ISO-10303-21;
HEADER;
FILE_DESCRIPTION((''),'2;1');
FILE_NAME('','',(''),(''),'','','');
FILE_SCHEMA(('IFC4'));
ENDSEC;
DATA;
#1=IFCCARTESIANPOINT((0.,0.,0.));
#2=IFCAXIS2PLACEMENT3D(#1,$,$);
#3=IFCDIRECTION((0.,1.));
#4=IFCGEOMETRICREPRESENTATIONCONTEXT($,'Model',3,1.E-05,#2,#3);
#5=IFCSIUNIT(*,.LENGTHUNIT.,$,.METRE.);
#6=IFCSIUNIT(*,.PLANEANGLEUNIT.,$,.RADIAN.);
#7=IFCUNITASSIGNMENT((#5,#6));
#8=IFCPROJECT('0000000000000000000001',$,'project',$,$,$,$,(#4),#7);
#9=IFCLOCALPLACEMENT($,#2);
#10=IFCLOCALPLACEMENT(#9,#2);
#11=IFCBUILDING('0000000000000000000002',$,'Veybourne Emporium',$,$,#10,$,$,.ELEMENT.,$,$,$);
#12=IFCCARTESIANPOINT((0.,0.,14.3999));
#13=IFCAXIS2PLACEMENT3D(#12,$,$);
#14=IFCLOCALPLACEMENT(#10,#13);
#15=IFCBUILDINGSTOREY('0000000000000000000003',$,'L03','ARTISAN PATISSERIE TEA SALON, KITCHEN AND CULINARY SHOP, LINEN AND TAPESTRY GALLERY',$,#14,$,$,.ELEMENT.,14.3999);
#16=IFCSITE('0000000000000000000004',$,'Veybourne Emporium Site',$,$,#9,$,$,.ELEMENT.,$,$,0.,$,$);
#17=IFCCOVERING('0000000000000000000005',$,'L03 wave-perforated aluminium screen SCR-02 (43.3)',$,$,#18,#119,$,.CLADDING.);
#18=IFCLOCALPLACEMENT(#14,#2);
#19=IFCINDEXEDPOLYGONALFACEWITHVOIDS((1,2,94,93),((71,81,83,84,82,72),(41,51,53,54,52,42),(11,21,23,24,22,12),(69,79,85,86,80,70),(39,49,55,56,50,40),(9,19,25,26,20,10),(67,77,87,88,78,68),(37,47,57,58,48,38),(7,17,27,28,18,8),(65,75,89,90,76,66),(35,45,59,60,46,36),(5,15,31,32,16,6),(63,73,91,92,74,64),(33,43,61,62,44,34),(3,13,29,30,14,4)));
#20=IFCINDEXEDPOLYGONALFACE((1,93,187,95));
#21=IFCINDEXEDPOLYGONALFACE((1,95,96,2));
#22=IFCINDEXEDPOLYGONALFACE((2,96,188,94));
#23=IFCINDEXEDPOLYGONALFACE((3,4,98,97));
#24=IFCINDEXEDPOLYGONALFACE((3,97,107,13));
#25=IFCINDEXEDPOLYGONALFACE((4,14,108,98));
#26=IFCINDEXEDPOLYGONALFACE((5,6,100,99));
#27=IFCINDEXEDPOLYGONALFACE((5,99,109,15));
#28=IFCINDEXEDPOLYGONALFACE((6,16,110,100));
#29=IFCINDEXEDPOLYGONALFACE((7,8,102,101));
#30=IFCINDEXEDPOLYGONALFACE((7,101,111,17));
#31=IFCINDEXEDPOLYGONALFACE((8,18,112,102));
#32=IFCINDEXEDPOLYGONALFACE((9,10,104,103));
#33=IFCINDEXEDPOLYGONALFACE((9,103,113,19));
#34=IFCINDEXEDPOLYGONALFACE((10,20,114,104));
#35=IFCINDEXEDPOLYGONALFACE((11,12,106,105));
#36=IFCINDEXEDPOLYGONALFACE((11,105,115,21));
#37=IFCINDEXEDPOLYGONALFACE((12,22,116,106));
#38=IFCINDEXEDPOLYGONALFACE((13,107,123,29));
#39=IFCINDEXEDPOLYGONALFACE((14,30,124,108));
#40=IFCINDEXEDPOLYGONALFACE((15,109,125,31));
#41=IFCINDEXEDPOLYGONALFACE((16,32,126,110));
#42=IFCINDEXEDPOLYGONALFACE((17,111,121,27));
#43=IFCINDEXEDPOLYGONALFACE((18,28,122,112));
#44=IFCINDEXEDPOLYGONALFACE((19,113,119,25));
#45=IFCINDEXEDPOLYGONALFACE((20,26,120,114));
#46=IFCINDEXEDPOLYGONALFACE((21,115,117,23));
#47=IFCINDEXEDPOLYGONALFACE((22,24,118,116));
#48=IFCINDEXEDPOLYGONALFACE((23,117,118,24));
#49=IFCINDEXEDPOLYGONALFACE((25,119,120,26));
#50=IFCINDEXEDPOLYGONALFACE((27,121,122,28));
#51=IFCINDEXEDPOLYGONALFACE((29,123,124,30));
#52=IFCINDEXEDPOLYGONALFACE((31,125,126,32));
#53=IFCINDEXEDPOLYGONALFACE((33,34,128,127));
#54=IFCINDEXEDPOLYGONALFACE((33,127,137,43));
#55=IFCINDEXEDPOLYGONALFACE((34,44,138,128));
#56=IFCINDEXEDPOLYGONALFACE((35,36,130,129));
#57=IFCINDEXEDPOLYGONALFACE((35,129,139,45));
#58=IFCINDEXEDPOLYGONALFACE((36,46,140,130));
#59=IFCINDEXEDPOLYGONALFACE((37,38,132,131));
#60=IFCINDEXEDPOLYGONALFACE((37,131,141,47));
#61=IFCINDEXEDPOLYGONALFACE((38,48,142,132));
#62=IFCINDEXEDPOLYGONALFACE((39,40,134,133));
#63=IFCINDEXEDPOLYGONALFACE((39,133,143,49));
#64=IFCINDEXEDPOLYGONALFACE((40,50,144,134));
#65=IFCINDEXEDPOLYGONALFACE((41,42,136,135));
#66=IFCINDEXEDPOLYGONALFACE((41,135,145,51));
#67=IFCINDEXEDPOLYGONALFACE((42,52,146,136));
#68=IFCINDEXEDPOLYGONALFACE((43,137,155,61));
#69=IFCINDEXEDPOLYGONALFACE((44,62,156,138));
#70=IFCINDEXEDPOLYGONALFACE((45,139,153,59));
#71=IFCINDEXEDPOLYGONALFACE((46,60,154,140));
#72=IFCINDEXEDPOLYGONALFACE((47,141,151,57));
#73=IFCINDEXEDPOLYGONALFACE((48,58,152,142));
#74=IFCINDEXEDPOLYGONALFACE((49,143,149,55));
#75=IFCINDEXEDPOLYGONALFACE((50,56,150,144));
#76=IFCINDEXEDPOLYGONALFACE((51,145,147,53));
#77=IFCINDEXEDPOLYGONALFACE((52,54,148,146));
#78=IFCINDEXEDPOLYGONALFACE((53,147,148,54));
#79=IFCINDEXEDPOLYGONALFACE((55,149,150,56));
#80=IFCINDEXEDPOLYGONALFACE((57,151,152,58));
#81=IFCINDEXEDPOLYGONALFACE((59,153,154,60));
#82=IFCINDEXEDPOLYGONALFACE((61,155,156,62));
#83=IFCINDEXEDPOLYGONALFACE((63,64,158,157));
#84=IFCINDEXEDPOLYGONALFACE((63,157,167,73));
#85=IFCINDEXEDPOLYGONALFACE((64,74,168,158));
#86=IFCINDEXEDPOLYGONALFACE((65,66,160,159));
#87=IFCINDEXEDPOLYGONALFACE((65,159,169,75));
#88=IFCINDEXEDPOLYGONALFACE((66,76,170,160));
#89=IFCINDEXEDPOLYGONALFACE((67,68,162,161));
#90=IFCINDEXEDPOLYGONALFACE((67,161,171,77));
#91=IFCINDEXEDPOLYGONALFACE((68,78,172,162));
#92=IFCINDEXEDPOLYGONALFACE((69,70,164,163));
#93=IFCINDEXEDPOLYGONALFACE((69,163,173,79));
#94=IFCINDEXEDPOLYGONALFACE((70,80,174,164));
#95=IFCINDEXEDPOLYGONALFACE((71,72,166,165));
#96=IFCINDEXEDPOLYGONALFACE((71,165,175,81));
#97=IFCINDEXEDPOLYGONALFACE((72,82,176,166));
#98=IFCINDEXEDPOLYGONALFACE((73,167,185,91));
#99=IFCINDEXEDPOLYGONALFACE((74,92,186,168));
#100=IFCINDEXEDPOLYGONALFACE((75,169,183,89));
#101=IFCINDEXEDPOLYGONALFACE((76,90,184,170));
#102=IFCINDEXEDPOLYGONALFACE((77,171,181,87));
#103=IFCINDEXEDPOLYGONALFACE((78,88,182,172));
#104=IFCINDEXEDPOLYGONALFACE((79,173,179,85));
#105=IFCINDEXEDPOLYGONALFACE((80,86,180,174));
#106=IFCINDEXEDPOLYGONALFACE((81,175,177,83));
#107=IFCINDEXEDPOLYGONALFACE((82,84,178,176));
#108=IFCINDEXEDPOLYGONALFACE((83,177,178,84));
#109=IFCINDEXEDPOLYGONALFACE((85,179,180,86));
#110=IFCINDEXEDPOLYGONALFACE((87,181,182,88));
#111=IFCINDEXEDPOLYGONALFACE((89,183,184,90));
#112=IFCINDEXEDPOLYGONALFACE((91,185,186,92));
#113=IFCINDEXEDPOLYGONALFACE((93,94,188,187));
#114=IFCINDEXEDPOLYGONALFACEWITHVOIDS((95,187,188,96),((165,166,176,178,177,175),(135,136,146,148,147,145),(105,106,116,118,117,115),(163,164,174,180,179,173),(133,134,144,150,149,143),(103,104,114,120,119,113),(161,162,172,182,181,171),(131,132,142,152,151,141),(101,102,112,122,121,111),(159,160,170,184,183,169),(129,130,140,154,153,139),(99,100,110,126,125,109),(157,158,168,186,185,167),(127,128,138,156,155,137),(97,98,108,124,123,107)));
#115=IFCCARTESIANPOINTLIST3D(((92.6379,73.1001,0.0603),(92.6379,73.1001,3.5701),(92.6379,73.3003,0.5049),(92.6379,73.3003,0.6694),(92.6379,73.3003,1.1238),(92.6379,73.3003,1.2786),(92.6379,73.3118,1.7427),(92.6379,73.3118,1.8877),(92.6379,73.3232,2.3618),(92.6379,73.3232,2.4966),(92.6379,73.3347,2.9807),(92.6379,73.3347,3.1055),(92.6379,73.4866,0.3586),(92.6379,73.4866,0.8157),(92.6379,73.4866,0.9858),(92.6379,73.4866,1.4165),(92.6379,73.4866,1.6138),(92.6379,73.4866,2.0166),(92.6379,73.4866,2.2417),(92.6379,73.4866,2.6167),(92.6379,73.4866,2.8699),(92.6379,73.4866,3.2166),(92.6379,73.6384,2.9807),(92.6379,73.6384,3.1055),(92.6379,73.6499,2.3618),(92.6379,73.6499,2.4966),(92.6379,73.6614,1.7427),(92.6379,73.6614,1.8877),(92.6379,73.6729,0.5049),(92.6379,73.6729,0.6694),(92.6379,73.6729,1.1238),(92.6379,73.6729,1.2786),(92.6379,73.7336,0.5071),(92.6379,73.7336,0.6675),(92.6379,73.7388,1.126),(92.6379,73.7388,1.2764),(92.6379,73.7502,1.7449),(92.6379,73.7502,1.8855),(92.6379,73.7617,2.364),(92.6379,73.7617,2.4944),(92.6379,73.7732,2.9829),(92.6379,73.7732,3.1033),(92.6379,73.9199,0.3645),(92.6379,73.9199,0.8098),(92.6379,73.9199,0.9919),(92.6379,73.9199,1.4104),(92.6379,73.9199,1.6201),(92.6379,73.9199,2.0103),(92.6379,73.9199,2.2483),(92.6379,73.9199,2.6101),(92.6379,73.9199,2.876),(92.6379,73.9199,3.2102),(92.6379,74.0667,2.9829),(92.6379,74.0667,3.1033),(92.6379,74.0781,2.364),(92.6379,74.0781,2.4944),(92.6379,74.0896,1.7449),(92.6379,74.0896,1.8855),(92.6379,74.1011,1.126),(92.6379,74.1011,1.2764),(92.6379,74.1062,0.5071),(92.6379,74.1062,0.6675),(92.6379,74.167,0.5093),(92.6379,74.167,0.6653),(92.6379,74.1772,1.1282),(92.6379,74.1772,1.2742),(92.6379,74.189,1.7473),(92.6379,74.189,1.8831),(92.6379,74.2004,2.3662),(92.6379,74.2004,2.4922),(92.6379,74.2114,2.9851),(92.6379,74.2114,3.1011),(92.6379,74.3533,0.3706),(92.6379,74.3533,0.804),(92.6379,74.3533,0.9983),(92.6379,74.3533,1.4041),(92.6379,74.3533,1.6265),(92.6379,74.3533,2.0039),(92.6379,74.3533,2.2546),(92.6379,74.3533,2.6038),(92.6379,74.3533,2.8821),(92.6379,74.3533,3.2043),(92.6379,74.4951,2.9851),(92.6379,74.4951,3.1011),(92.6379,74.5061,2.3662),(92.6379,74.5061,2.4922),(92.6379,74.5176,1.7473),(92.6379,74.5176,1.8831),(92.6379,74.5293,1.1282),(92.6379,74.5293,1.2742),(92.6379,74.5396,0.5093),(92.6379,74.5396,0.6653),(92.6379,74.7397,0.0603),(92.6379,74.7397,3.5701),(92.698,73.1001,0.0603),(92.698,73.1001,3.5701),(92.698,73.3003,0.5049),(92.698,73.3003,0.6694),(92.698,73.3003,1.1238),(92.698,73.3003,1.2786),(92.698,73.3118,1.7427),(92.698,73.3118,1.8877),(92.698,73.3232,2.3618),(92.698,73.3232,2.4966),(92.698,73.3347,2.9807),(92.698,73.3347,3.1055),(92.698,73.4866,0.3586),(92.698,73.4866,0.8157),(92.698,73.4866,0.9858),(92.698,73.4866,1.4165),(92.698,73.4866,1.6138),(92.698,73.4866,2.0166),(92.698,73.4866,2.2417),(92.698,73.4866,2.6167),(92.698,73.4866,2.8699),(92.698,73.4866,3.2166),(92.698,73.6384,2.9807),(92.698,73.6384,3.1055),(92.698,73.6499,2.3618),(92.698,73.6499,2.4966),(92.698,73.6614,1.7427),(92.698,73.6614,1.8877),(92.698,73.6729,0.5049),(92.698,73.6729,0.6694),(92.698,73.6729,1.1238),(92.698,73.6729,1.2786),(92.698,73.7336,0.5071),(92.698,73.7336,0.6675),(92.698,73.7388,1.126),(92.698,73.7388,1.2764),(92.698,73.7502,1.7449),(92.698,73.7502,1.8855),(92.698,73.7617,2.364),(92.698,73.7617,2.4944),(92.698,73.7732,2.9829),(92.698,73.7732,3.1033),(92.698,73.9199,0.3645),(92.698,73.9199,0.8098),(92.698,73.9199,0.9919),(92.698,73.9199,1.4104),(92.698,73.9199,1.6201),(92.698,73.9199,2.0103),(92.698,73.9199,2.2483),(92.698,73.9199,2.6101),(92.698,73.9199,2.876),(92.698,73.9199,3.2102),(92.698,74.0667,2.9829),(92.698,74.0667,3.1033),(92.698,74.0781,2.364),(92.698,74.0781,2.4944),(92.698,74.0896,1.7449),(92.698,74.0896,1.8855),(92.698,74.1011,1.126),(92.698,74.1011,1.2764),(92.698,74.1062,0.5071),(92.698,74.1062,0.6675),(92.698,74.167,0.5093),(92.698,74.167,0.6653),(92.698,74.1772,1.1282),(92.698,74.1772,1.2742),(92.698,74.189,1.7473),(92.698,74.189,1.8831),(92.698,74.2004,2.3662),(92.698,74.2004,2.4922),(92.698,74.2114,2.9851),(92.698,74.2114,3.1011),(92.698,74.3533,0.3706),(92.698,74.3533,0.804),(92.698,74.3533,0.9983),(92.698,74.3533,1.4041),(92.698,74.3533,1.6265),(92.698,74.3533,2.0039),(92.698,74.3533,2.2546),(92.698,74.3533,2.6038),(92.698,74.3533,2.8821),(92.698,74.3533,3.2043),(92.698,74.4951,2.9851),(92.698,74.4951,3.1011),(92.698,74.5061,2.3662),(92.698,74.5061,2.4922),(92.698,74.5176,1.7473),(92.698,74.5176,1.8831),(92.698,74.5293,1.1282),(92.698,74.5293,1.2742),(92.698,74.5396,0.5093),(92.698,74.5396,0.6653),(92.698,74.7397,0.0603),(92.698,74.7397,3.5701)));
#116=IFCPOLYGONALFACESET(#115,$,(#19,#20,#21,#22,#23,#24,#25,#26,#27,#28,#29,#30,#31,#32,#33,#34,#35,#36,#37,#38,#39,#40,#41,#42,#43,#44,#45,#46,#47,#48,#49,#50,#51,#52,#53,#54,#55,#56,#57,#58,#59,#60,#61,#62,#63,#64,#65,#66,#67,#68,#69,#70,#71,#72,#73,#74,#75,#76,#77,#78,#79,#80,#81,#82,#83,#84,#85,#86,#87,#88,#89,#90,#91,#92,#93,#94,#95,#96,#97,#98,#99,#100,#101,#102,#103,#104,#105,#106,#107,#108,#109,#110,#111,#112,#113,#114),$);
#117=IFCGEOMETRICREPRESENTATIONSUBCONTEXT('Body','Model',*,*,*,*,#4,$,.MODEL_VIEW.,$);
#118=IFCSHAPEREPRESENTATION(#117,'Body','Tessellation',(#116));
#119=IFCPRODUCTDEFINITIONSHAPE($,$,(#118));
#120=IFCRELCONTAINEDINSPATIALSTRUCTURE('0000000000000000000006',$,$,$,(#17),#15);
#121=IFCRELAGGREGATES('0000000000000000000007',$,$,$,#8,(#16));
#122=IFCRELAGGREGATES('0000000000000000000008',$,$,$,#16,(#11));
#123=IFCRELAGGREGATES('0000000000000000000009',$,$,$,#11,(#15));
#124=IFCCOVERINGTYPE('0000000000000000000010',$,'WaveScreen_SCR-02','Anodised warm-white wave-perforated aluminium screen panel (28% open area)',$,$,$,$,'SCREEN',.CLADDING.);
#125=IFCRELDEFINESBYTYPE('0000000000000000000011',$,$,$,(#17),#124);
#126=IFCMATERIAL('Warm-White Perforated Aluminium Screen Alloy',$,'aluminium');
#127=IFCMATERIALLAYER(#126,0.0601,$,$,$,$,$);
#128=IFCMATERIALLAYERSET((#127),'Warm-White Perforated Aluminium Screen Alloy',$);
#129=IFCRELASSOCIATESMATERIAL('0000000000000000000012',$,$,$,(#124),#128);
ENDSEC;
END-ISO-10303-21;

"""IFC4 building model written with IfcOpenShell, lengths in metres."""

from ifc_helpers import new_model, si_unit, direction, frame, origin, place, context, subcontext, project, spatial, polyline, outline, extrude, material, layer, layer_set, type_object, element, save


model = new_model("IFC4")

# Units and contexts
model_context = context("Model", 3, precision=1e-05, world=origin(), true_north=direction((0.0, 1.0)))
body_context = subcontext(model_context, "Body", "Model", "MODEL_VIEW")
ifc_project = project(units=[si_unit("LENGTHUNIT", "METRE"), si_unit("PLANEANGLEUNIT", "RADIAN")], contexts=[model_context])

# Site, building, storey
site_placement = place(None, origin())
site = spatial("IfcSite", under=ifc_project, at=site_placement, Name="Veybourne Emporium Site", CompositionType="ELEMENT", RefElevation=0.0)
building_placement = place(site_placement, origin())
building = spatial("IfcBuilding", under=site, at=building_placement, Name="Veybourne Emporium", CompositionType="ELEMENT")
storey_placement = place(building_placement, frame((0.0, 0.0, 14.3999)))
storey = spatial("IfcBuildingStorey", under=building, at=storey_placement, Name="L03", Description="ARTISAN PATISSERIE TEA SALON, KITCHEN AND CULINARY SHOP, LINEN AND TAPESTRY GALLERY", CompositionType="ELEMENT", Elevation=14.3999)

# Covering
ifc_material_1 = material(Name="Warm-White Perforated Aluminium Screen Alloy", Category="aluminium")
ifc_layer_1 = layer(ifc_material_1, 0.0601)
ifc_layer_set_1 = layer_set([ifc_layer_1], Name="Warm-White Perforated Aluminium Screen Alloy")
covering_type_1 = type_object("IfcCoveringType", Name="WaveScreen_SCR-02", Description="Anodised warm-white wave-perforated aluminium screen panel (28% open area)", ElementType="SCREEN", PredefinedType="CLADDING", material=ifc_layer_set_1)
covering_1_placement = place(storey_placement, frame((92.698, 73.9199, 1.8152), z_axis=(-1.0, 0.0, 0.0), x_axis=(0.0, -1.0, 0.0)))
element("IfcCovering", 1, at=covering_1_placement, inside=storey, type_object=covering_type_1, Name="L03 wave-perforated aluminium screen SCR-02 (43.3)", PredefinedType="CLADDING", context=body_context, shape_type="SweptSolid", body=[
    extrude(outline(polyline([(-0.8198, -1.7549), (0.8198, -1.7549), (0.8198, 1.7549), (-0.8198, 1.7549), (-0.8198, -1.7549)]), holes=[polyline([(-0.4333, -1.0112), (-0.2471, -1.1499), (-0.2471, -1.3059), (-0.4333, -1.4446), (-0.6196, -1.3059), (-0.6196, -1.1499), (-0.4333, -1.0112)]), polyline([(-0.4333, -0.4111), (-0.2573, -0.541), (-0.2573, -0.687), (-0.4333, -0.8169), (-0.6094, -0.687), (-0.6094, -0.541), (-0.4333, -0.4111)]), polyline([(-0.4333, 0.1887), (-0.269, 0.0679), (-0.269, -0.0679), (-0.4333, -0.1887), (-0.5977, -0.0679), (-0.5977, 0.0679), (-0.4333, 0.1887)]), polyline([(-0.4333, 0.7886), (-0.2805, 0.677), (-0.2805, 0.551), (-0.4333, 0.4395), (-0.5862, 0.551), (-0.5862, 0.677), (-0.4333, 0.7886)]), polyline([(-0.4333, 1.3892), (-0.2915, 1.2859), (-0.2915, 1.1699), (-0.4333, 1.0669), (-0.5752, 1.1699), (-0.5752, 1.2859), (-0.4333, 1.3892)]), polyline([(0.0, -1.0054), (0.1863, -1.1477), (0.1863, -1.3081), (0.0, -1.4507), (-0.1863, -1.3081), (-0.1863, -1.1477), (0.0, -1.0054)]), polyline([(0.0, -0.4048), (0.1812, -0.5388), (0.1812, -0.6892), (0.0, -0.8232), (-0.1812, -0.6892), (-0.1812, -0.5388), (0.0, -0.4048)]), polyline([(0.0, 0.1951), (0.1697, 0.0703), (0.1697, -0.0703), (0.0, -0.1951), (-0.1697, -0.0703), (-0.1697, 0.0703), (0.0, 0.1951)]), polyline([(0.0, 0.7949), (0.1582, 0.6792), (0.1582, 0.5488), (0.0, 0.4331), (-0.1582, 0.5488), (-0.1582, 0.6792), (0.0, 0.7949)]), polyline([(0.0, 1.395), (0.1467, 1.2881), (0.1467, 1.1677), (0.0, 1.0608), (-0.1467, 1.1677), (-0.1467, 1.2881), (0.0, 1.395)]), polyline([(0.4333, -0.9995), (0.6196, -1.1458), (0.6196, -1.3103), (0.4333, -1.4565), (0.2471, -1.3103), (0.2471, -1.1458), (0.4333, -0.9995)]), polyline([(0.4333, -0.3987), (0.6196, -0.5366), (0.6196, -0.6914), (0.4333, -0.8293), (0.2471, -0.6914), (0.2471, -0.5366), (0.4333, -0.3987)]), polyline([(0.4333, 0.2014), (0.6082, 0.0725), (0.6082, -0.0725), (0.4333, -0.2014), (0.2585, -0.0725), (0.2585, 0.0725), (0.4333, 0.2014)]), polyline([(0.4333, 0.8015), (0.5967, 0.6814), (0.5967, 0.5466), (0.4333, 0.4265), (0.27, 0.5466), (0.27, 0.6814), (0.4333, 0.8015)]), polyline([(0.4333, 1.4014), (0.5852, 1.2903), (0.5852, 1.1655), (0.4333, 1.0547), (0.2815, 1.1655), (0.2815, 1.2903), (0.4333, 1.4014)])]), origin(), (0.0, 0.0, 1.0), 0.0601),
])

save(model, "model.ifc")
